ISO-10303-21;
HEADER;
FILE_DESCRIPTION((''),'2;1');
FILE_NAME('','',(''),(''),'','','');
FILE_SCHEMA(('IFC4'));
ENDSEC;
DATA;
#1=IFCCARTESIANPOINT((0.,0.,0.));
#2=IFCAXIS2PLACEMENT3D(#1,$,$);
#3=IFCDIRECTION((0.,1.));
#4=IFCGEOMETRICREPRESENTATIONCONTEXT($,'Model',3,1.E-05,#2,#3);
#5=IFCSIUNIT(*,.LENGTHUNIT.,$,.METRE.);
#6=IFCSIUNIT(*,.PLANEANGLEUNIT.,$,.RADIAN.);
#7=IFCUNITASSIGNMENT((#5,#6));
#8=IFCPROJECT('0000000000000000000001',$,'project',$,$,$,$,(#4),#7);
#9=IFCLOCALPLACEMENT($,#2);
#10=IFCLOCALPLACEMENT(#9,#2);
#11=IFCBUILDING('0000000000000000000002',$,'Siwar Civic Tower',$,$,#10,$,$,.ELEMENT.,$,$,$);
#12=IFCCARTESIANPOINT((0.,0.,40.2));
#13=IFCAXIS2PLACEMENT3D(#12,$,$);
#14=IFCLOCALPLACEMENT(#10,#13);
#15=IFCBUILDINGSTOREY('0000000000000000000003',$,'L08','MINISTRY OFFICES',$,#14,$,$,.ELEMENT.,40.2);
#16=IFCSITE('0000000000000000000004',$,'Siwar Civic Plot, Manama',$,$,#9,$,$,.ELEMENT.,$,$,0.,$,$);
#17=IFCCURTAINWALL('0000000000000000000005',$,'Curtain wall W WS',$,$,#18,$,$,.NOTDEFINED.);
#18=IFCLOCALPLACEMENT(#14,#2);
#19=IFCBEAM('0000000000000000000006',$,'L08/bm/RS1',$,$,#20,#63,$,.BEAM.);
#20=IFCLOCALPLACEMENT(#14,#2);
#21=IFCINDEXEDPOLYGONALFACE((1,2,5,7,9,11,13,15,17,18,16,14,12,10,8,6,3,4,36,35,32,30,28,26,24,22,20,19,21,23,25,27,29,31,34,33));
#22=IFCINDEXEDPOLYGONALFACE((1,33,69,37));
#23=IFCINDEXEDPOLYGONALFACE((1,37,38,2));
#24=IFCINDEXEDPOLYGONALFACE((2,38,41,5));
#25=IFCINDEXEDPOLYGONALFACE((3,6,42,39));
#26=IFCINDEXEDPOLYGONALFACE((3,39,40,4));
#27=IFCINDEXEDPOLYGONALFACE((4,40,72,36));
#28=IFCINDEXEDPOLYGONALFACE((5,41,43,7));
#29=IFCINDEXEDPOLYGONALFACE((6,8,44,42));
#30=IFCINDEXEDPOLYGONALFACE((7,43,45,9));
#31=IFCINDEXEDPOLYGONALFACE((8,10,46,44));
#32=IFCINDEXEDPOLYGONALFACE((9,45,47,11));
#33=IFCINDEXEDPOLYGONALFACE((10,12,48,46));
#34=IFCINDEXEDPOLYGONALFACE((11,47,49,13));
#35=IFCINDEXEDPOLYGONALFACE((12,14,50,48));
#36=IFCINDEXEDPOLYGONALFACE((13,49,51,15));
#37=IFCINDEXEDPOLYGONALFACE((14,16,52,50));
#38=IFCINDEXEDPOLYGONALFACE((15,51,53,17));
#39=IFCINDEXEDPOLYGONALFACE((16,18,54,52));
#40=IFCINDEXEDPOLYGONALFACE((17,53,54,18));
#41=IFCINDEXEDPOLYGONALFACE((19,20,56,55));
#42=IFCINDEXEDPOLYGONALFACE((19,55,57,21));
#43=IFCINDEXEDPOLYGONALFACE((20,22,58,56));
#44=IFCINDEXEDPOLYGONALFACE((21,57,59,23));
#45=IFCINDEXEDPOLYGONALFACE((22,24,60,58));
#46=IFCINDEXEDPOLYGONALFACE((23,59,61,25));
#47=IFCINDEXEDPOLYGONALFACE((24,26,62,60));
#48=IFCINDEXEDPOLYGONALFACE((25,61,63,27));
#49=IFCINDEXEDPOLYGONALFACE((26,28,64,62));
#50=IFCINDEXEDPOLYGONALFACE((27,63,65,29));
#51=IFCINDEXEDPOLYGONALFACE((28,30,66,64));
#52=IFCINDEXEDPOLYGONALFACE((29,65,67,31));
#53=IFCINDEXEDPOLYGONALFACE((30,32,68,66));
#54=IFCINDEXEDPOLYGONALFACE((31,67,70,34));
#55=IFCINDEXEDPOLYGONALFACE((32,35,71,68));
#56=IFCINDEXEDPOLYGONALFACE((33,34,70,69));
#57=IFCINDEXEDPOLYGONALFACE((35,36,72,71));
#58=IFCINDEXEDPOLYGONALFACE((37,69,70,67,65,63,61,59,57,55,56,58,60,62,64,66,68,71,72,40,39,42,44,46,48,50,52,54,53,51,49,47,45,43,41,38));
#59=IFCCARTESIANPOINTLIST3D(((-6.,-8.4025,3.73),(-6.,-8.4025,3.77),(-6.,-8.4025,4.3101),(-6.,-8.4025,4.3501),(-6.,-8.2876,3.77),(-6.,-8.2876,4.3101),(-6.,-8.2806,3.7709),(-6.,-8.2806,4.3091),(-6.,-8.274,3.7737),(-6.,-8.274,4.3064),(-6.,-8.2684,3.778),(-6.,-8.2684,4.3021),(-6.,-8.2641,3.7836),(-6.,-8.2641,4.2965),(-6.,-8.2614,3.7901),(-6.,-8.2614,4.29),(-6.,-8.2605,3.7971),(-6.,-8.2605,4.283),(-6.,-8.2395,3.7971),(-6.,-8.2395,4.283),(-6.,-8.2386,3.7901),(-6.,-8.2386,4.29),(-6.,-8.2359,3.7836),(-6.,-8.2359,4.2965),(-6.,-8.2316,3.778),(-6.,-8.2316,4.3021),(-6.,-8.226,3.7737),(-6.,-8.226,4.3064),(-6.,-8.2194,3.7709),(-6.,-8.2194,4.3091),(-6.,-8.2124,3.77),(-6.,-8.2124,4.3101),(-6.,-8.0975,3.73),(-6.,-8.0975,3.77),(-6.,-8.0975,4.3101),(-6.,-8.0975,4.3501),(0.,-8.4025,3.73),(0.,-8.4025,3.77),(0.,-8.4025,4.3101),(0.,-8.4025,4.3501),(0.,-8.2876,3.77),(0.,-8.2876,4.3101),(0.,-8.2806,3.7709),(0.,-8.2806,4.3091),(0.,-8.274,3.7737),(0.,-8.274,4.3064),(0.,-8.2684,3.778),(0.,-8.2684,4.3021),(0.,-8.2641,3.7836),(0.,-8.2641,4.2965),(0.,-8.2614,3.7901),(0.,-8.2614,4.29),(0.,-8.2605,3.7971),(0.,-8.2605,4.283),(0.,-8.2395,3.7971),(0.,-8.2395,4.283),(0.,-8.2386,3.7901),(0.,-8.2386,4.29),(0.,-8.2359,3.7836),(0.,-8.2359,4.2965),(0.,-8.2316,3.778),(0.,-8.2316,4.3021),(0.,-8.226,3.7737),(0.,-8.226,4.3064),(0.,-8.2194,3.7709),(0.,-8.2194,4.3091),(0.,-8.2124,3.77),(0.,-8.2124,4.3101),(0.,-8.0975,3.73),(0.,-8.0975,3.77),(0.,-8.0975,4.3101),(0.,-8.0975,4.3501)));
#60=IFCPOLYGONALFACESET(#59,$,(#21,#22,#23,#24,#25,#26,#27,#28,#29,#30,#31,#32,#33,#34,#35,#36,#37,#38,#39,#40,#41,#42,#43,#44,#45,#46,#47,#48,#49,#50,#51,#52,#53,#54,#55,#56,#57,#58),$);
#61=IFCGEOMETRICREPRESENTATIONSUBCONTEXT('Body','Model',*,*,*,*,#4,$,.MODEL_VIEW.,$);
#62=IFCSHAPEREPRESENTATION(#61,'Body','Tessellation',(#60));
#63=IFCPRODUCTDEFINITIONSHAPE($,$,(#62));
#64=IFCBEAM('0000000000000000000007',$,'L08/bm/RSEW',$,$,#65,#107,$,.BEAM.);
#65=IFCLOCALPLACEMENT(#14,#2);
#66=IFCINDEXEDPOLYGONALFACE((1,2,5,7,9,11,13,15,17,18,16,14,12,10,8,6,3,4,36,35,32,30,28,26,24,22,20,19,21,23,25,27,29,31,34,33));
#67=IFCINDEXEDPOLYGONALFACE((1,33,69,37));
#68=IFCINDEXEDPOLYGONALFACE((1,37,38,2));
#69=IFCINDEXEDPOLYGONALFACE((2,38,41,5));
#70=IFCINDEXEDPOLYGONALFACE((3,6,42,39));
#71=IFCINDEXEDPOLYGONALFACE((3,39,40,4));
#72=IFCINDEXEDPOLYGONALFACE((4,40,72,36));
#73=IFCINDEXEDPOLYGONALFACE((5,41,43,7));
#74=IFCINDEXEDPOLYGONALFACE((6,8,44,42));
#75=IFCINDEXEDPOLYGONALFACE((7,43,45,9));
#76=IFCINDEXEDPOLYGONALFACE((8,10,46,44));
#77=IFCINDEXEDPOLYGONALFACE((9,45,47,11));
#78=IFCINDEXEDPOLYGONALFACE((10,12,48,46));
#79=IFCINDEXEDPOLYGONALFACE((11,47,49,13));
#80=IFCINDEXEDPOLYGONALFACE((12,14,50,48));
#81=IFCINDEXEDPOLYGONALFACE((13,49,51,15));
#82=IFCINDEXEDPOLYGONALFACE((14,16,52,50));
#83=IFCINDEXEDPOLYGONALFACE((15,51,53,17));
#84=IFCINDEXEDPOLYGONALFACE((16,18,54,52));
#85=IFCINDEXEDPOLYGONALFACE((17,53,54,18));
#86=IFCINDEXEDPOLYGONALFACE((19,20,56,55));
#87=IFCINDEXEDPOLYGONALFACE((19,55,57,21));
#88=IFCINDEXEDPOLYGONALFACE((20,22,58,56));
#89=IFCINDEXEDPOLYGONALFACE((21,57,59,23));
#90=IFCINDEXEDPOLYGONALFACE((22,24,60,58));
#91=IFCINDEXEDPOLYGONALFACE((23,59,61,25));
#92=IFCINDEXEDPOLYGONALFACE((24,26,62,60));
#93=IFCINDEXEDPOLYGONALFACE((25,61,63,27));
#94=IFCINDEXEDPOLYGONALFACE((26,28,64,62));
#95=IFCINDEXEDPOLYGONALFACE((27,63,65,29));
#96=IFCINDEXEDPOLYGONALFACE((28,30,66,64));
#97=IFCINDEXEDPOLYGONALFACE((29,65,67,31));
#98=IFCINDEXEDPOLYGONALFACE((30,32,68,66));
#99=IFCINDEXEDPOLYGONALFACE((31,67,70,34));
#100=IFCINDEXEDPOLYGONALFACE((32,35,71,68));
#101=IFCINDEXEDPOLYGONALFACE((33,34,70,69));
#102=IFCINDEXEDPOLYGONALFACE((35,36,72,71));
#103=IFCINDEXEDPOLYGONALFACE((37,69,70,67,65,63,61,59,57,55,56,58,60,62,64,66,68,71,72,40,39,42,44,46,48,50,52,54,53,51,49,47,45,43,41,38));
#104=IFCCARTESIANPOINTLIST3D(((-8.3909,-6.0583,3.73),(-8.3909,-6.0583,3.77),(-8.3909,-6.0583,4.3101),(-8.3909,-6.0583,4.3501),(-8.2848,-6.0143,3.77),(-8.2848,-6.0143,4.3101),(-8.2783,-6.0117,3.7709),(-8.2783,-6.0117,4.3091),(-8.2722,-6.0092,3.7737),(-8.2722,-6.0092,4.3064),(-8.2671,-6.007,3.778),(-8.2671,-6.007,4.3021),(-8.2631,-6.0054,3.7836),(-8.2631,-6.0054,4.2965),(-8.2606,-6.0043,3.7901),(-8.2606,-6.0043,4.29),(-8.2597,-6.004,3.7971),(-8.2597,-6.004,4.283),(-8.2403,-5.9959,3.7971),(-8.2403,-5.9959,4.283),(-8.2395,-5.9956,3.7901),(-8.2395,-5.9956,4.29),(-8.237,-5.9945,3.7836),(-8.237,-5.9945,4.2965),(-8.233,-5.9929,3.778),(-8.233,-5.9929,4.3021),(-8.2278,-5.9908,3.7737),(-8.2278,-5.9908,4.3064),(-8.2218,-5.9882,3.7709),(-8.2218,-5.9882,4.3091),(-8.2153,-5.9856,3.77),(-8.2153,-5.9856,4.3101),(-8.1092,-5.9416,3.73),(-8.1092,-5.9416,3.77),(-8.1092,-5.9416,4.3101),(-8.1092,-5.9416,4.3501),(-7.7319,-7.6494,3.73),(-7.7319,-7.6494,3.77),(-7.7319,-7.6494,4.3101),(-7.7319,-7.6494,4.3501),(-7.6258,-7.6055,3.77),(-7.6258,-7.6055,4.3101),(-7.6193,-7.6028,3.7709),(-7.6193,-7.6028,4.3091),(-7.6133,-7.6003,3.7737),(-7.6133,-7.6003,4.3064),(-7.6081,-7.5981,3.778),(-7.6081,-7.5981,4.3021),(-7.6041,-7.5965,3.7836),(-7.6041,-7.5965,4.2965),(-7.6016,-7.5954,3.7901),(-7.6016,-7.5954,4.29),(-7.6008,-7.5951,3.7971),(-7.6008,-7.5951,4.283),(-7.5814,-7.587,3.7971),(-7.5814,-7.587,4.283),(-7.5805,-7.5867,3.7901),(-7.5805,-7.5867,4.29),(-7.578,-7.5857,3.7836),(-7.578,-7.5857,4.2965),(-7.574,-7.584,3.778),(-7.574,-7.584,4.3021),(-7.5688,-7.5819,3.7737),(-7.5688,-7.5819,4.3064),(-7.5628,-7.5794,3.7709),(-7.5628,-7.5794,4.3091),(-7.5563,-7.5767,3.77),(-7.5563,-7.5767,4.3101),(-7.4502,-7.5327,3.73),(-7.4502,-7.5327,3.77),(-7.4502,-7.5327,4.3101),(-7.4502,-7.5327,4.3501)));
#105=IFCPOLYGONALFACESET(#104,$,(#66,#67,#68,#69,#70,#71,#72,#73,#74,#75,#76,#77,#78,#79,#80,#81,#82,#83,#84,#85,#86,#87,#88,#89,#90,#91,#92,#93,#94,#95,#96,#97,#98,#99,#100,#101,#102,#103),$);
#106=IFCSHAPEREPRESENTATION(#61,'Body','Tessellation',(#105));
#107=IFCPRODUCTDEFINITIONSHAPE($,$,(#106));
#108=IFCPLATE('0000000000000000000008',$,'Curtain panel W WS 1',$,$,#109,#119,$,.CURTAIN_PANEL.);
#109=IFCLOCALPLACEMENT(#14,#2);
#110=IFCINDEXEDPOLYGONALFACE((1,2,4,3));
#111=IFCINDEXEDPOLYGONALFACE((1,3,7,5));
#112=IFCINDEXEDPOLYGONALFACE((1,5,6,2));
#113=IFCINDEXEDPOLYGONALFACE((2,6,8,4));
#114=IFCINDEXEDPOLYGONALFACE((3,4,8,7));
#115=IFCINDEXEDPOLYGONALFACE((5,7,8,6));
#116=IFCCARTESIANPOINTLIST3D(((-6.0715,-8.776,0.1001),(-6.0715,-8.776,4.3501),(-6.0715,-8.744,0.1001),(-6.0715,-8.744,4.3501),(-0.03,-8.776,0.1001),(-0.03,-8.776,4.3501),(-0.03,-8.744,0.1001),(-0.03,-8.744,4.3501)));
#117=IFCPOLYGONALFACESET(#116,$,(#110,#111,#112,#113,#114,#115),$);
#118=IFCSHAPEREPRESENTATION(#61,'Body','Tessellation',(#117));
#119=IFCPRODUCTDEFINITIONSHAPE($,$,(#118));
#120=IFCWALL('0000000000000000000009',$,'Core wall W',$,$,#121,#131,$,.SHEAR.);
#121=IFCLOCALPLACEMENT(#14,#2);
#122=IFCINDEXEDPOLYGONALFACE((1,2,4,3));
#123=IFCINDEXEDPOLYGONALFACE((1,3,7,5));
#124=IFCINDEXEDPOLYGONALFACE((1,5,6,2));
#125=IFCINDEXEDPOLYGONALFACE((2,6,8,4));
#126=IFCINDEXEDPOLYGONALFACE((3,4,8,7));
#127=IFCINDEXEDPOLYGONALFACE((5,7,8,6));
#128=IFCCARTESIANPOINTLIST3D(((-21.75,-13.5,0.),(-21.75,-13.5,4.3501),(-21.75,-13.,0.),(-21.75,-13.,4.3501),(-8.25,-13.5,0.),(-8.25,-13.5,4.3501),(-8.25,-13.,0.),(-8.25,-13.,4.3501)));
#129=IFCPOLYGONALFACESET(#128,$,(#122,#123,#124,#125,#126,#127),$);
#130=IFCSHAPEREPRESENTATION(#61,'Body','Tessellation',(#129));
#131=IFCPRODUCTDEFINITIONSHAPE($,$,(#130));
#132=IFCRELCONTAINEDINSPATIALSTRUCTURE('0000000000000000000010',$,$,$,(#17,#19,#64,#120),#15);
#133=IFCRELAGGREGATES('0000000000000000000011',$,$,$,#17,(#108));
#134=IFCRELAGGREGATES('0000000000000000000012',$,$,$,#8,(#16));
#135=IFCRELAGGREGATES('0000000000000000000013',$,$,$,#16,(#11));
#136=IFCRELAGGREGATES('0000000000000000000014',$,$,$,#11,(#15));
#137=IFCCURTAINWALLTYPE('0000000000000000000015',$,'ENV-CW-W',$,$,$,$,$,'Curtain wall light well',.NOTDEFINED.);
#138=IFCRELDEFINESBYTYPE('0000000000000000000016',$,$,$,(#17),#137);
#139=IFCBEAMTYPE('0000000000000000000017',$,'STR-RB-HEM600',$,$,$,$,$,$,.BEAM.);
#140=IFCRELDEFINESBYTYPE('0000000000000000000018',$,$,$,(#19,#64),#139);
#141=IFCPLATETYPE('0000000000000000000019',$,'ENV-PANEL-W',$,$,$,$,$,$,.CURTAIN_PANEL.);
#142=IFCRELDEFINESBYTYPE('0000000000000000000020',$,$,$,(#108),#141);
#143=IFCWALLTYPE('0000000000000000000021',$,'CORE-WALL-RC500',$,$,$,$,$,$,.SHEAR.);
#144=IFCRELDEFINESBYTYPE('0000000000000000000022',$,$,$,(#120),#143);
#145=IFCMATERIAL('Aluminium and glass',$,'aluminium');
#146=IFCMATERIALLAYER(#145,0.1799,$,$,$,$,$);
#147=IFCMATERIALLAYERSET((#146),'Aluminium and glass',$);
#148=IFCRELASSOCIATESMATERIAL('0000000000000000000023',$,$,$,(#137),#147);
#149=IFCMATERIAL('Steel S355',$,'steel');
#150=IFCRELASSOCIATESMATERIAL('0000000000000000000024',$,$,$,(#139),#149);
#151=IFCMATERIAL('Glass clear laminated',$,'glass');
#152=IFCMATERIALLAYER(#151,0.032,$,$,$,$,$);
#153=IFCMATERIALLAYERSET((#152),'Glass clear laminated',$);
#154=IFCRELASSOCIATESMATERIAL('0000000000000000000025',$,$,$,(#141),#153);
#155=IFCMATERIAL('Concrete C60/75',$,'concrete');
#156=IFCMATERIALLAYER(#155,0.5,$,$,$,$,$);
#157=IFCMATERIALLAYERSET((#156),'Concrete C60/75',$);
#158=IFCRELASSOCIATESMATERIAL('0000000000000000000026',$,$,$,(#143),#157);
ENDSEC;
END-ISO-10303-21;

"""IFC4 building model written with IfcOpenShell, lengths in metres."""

from ifc_helpers import new_model, si_unit, direction, frame, frame_2d, origin, origin_2d, place, context, subcontext, project, spatial, rectangle, i_section, extrude, material, layer, layer_set, material_profile, profile_set, type_object, element, aggregate, save


model = new_model("IFC4")

# Units and contexts
model_context = context("Model", 3, precision=1e-05, world=origin(), true_north=direction((0.0, 1.0)))
body_context = subcontext(model_context, "Body", "Model", "MODEL_VIEW")
ifc_project = project(units=[si_unit("LENGTHUNIT", "METRE"), si_unit("PLANEANGLEUNIT", "RADIAN")], contexts=[model_context])

# Site, building, storey
site_placement = place(None, origin())
site = spatial("IfcSite", under=ifc_project, at=site_placement, Name="Siwar Civic Plot, Manama", CompositionType="ELEMENT", RefElevation=0.0)
building_placement = place(site_placement, origin())
building = spatial("IfcBuilding", under=site, at=building_placement, Name="Siwar Civic Tower", CompositionType="ELEMENT")
storey_placement = place(building_placement, frame((0.0, 0.0, 40.2)))
storey = spatial("IfcBuildingStorey", under=building, at=storey_placement, Name="L08", Description="MINISTRY OFFICES", CompositionType="ELEMENT", Elevation=40.2)

# Curtain wall
ifc_material_1 = material(Name="Aluminium and glass", Category="aluminium")
ifc_layer_1 = layer(ifc_material_1, 0.1799)
ifc_layer_set_1 = layer_set([ifc_layer_1], Name="Aluminium and glass")
curtain_wall_type = type_object("IfcCurtainWallType", Name="ENV-CW-W", ElementType="Curtain wall light well", PredefinedType="NOTDEFINED", material=ifc_layer_set_1)
curtain_wall_placement = place(storey_placement, origin())
curtain_wall = element("IfcCurtainWall", 1, at=curtain_wall_placement, inside=storey, type_object=curtain_wall_type, Name="Curtain wall W WS", PredefinedType="NOTDEFINED")

# Beams
ifc_material_2 = material(Name="Steel S355", Category="steel")
ifc_material_profile_1 = material_profile(ifc_material_2, i_section(OverallWidth=0.3049, OverallDepth=0.6201, WebThickness=0.021, FlangeThickness=0.04, FilletRadius=0.0271, at=origin_2d()), Name="HEM600")
ifc_profile_set_1 = profile_set([ifc_material_profile_1], Name="Steel S355")
beam_type_1 = type_object("IfcBeamType", Name="STR-RB-HEM600", PredefinedType="BEAM", material=ifc_profile_set_1)
beam_1_placement = place(storey_placement, frame((-6.0, -8.25, 4.04), z_axis=(1.0, 0.0, 0.0), x_axis=(0.0, 1.0, 0.0)))
element("IfcBeam", 2, at=beam_1_placement, inside=storey, type_object=beam_type_1, Name="L08/bm/RS1", PredefinedType="BEAM", context=body_context, shape_type="SweptSolid", body=[
    extrude(i_section(OverallWidth=0.3049, OverallDepth=0.6201, WebThickness=0.021, FlangeThickness=0.04, FilletRadius=0.0271, at=origin_2d()), origin(), (0.0, 0.0, 1.0), 6.0),
])
beam_2_placement = place(storey_placement, frame((-7.5911, -7.5911, 4.04), z_axis=(-0.382631, 0.923901, 0.0), x_axis=(-0.923901, -0.382631, 0.0)))
element("IfcBeam", 3, at=beam_2_placement, inside=storey, type_object=beam_type_1, Name="L08/bm/RSEW", PredefinedType="BEAM", context=body_context, shape_type="SweptSolid", body=[
    extrude(i_section(OverallWidth=0.3049, OverallDepth=0.6201, WebThickness=0.021, FlangeThickness=0.04, FilletRadius=0.0271, at=origin_2d()), origin(), (0.0, 0.0, 1.0), 1.7222),
])

# Plate
ifc_material_3 = material(Name="Glass clear laminated", Category="glass")
ifc_layer_2 = layer(ifc_material_3, 0.032)
ifc_layer_set_2 = layer_set([ifc_layer_2], Name="Glass clear laminated")
plate_type = type_object("IfcPlateType", Name="ENV-PANEL-W", PredefinedType="CURTAIN_PANEL", material=ifc_layer_set_2)
plate_placement = place(storey_placement, frame((-3.0508, -8.76, 0.1001), z_axis=(0.0, 0.0, 1.0), x_axis=(1.0, 0.0, 0.0)))
plate = element("IfcPlate", 4, at=plate_placement, type_object=plate_type, Name="Curtain panel W WS 1", PredefinedType="CURTAIN_PANEL", context=body_context, shape_type="SweptSolid", body=[
    extrude(rectangle(XDim=6.0415, YDim=0.032, at=origin_2d()), origin(), (0.0, 0.0, 1.0), 4.25),
])
aggregate(curtain_wall, [plate])

# Wall
ifc_material_4 = material(Name="Concrete C60/75", Category="concrete")
ifc_layer_3 = layer(ifc_material_4, 0.5)
ifc_layer_set_3 = layer_set([ifc_layer_3], Name="Concrete C60/75")
wall_type_1 = type_object("IfcWallType", Name="CORE-WALL-RC500", PredefinedType="SHEAR", material=ifc_layer_set_3)
wall_1_placement = place(storey_placement, frame((-8.25, -13.25, 0.0), z_axis=(0.0, 0.0, 1.0), x_axis=(-1.0, 0.0, 0.0)))
element("IfcWall", 5, at=wall_1_placement, inside=storey, type_object=wall_type_1, Name="Core wall W", PredefinedType="SHEAR", context=body_context, shape_type="SweptSolid", body=[
    extrude(rectangle(XDim=13.5, YDim=0.5, at=frame_2d((6.75, 0.0))), origin(), (0.0, 0.0, 1.0), 4.3501),
])

save(model, "model.ifc")
